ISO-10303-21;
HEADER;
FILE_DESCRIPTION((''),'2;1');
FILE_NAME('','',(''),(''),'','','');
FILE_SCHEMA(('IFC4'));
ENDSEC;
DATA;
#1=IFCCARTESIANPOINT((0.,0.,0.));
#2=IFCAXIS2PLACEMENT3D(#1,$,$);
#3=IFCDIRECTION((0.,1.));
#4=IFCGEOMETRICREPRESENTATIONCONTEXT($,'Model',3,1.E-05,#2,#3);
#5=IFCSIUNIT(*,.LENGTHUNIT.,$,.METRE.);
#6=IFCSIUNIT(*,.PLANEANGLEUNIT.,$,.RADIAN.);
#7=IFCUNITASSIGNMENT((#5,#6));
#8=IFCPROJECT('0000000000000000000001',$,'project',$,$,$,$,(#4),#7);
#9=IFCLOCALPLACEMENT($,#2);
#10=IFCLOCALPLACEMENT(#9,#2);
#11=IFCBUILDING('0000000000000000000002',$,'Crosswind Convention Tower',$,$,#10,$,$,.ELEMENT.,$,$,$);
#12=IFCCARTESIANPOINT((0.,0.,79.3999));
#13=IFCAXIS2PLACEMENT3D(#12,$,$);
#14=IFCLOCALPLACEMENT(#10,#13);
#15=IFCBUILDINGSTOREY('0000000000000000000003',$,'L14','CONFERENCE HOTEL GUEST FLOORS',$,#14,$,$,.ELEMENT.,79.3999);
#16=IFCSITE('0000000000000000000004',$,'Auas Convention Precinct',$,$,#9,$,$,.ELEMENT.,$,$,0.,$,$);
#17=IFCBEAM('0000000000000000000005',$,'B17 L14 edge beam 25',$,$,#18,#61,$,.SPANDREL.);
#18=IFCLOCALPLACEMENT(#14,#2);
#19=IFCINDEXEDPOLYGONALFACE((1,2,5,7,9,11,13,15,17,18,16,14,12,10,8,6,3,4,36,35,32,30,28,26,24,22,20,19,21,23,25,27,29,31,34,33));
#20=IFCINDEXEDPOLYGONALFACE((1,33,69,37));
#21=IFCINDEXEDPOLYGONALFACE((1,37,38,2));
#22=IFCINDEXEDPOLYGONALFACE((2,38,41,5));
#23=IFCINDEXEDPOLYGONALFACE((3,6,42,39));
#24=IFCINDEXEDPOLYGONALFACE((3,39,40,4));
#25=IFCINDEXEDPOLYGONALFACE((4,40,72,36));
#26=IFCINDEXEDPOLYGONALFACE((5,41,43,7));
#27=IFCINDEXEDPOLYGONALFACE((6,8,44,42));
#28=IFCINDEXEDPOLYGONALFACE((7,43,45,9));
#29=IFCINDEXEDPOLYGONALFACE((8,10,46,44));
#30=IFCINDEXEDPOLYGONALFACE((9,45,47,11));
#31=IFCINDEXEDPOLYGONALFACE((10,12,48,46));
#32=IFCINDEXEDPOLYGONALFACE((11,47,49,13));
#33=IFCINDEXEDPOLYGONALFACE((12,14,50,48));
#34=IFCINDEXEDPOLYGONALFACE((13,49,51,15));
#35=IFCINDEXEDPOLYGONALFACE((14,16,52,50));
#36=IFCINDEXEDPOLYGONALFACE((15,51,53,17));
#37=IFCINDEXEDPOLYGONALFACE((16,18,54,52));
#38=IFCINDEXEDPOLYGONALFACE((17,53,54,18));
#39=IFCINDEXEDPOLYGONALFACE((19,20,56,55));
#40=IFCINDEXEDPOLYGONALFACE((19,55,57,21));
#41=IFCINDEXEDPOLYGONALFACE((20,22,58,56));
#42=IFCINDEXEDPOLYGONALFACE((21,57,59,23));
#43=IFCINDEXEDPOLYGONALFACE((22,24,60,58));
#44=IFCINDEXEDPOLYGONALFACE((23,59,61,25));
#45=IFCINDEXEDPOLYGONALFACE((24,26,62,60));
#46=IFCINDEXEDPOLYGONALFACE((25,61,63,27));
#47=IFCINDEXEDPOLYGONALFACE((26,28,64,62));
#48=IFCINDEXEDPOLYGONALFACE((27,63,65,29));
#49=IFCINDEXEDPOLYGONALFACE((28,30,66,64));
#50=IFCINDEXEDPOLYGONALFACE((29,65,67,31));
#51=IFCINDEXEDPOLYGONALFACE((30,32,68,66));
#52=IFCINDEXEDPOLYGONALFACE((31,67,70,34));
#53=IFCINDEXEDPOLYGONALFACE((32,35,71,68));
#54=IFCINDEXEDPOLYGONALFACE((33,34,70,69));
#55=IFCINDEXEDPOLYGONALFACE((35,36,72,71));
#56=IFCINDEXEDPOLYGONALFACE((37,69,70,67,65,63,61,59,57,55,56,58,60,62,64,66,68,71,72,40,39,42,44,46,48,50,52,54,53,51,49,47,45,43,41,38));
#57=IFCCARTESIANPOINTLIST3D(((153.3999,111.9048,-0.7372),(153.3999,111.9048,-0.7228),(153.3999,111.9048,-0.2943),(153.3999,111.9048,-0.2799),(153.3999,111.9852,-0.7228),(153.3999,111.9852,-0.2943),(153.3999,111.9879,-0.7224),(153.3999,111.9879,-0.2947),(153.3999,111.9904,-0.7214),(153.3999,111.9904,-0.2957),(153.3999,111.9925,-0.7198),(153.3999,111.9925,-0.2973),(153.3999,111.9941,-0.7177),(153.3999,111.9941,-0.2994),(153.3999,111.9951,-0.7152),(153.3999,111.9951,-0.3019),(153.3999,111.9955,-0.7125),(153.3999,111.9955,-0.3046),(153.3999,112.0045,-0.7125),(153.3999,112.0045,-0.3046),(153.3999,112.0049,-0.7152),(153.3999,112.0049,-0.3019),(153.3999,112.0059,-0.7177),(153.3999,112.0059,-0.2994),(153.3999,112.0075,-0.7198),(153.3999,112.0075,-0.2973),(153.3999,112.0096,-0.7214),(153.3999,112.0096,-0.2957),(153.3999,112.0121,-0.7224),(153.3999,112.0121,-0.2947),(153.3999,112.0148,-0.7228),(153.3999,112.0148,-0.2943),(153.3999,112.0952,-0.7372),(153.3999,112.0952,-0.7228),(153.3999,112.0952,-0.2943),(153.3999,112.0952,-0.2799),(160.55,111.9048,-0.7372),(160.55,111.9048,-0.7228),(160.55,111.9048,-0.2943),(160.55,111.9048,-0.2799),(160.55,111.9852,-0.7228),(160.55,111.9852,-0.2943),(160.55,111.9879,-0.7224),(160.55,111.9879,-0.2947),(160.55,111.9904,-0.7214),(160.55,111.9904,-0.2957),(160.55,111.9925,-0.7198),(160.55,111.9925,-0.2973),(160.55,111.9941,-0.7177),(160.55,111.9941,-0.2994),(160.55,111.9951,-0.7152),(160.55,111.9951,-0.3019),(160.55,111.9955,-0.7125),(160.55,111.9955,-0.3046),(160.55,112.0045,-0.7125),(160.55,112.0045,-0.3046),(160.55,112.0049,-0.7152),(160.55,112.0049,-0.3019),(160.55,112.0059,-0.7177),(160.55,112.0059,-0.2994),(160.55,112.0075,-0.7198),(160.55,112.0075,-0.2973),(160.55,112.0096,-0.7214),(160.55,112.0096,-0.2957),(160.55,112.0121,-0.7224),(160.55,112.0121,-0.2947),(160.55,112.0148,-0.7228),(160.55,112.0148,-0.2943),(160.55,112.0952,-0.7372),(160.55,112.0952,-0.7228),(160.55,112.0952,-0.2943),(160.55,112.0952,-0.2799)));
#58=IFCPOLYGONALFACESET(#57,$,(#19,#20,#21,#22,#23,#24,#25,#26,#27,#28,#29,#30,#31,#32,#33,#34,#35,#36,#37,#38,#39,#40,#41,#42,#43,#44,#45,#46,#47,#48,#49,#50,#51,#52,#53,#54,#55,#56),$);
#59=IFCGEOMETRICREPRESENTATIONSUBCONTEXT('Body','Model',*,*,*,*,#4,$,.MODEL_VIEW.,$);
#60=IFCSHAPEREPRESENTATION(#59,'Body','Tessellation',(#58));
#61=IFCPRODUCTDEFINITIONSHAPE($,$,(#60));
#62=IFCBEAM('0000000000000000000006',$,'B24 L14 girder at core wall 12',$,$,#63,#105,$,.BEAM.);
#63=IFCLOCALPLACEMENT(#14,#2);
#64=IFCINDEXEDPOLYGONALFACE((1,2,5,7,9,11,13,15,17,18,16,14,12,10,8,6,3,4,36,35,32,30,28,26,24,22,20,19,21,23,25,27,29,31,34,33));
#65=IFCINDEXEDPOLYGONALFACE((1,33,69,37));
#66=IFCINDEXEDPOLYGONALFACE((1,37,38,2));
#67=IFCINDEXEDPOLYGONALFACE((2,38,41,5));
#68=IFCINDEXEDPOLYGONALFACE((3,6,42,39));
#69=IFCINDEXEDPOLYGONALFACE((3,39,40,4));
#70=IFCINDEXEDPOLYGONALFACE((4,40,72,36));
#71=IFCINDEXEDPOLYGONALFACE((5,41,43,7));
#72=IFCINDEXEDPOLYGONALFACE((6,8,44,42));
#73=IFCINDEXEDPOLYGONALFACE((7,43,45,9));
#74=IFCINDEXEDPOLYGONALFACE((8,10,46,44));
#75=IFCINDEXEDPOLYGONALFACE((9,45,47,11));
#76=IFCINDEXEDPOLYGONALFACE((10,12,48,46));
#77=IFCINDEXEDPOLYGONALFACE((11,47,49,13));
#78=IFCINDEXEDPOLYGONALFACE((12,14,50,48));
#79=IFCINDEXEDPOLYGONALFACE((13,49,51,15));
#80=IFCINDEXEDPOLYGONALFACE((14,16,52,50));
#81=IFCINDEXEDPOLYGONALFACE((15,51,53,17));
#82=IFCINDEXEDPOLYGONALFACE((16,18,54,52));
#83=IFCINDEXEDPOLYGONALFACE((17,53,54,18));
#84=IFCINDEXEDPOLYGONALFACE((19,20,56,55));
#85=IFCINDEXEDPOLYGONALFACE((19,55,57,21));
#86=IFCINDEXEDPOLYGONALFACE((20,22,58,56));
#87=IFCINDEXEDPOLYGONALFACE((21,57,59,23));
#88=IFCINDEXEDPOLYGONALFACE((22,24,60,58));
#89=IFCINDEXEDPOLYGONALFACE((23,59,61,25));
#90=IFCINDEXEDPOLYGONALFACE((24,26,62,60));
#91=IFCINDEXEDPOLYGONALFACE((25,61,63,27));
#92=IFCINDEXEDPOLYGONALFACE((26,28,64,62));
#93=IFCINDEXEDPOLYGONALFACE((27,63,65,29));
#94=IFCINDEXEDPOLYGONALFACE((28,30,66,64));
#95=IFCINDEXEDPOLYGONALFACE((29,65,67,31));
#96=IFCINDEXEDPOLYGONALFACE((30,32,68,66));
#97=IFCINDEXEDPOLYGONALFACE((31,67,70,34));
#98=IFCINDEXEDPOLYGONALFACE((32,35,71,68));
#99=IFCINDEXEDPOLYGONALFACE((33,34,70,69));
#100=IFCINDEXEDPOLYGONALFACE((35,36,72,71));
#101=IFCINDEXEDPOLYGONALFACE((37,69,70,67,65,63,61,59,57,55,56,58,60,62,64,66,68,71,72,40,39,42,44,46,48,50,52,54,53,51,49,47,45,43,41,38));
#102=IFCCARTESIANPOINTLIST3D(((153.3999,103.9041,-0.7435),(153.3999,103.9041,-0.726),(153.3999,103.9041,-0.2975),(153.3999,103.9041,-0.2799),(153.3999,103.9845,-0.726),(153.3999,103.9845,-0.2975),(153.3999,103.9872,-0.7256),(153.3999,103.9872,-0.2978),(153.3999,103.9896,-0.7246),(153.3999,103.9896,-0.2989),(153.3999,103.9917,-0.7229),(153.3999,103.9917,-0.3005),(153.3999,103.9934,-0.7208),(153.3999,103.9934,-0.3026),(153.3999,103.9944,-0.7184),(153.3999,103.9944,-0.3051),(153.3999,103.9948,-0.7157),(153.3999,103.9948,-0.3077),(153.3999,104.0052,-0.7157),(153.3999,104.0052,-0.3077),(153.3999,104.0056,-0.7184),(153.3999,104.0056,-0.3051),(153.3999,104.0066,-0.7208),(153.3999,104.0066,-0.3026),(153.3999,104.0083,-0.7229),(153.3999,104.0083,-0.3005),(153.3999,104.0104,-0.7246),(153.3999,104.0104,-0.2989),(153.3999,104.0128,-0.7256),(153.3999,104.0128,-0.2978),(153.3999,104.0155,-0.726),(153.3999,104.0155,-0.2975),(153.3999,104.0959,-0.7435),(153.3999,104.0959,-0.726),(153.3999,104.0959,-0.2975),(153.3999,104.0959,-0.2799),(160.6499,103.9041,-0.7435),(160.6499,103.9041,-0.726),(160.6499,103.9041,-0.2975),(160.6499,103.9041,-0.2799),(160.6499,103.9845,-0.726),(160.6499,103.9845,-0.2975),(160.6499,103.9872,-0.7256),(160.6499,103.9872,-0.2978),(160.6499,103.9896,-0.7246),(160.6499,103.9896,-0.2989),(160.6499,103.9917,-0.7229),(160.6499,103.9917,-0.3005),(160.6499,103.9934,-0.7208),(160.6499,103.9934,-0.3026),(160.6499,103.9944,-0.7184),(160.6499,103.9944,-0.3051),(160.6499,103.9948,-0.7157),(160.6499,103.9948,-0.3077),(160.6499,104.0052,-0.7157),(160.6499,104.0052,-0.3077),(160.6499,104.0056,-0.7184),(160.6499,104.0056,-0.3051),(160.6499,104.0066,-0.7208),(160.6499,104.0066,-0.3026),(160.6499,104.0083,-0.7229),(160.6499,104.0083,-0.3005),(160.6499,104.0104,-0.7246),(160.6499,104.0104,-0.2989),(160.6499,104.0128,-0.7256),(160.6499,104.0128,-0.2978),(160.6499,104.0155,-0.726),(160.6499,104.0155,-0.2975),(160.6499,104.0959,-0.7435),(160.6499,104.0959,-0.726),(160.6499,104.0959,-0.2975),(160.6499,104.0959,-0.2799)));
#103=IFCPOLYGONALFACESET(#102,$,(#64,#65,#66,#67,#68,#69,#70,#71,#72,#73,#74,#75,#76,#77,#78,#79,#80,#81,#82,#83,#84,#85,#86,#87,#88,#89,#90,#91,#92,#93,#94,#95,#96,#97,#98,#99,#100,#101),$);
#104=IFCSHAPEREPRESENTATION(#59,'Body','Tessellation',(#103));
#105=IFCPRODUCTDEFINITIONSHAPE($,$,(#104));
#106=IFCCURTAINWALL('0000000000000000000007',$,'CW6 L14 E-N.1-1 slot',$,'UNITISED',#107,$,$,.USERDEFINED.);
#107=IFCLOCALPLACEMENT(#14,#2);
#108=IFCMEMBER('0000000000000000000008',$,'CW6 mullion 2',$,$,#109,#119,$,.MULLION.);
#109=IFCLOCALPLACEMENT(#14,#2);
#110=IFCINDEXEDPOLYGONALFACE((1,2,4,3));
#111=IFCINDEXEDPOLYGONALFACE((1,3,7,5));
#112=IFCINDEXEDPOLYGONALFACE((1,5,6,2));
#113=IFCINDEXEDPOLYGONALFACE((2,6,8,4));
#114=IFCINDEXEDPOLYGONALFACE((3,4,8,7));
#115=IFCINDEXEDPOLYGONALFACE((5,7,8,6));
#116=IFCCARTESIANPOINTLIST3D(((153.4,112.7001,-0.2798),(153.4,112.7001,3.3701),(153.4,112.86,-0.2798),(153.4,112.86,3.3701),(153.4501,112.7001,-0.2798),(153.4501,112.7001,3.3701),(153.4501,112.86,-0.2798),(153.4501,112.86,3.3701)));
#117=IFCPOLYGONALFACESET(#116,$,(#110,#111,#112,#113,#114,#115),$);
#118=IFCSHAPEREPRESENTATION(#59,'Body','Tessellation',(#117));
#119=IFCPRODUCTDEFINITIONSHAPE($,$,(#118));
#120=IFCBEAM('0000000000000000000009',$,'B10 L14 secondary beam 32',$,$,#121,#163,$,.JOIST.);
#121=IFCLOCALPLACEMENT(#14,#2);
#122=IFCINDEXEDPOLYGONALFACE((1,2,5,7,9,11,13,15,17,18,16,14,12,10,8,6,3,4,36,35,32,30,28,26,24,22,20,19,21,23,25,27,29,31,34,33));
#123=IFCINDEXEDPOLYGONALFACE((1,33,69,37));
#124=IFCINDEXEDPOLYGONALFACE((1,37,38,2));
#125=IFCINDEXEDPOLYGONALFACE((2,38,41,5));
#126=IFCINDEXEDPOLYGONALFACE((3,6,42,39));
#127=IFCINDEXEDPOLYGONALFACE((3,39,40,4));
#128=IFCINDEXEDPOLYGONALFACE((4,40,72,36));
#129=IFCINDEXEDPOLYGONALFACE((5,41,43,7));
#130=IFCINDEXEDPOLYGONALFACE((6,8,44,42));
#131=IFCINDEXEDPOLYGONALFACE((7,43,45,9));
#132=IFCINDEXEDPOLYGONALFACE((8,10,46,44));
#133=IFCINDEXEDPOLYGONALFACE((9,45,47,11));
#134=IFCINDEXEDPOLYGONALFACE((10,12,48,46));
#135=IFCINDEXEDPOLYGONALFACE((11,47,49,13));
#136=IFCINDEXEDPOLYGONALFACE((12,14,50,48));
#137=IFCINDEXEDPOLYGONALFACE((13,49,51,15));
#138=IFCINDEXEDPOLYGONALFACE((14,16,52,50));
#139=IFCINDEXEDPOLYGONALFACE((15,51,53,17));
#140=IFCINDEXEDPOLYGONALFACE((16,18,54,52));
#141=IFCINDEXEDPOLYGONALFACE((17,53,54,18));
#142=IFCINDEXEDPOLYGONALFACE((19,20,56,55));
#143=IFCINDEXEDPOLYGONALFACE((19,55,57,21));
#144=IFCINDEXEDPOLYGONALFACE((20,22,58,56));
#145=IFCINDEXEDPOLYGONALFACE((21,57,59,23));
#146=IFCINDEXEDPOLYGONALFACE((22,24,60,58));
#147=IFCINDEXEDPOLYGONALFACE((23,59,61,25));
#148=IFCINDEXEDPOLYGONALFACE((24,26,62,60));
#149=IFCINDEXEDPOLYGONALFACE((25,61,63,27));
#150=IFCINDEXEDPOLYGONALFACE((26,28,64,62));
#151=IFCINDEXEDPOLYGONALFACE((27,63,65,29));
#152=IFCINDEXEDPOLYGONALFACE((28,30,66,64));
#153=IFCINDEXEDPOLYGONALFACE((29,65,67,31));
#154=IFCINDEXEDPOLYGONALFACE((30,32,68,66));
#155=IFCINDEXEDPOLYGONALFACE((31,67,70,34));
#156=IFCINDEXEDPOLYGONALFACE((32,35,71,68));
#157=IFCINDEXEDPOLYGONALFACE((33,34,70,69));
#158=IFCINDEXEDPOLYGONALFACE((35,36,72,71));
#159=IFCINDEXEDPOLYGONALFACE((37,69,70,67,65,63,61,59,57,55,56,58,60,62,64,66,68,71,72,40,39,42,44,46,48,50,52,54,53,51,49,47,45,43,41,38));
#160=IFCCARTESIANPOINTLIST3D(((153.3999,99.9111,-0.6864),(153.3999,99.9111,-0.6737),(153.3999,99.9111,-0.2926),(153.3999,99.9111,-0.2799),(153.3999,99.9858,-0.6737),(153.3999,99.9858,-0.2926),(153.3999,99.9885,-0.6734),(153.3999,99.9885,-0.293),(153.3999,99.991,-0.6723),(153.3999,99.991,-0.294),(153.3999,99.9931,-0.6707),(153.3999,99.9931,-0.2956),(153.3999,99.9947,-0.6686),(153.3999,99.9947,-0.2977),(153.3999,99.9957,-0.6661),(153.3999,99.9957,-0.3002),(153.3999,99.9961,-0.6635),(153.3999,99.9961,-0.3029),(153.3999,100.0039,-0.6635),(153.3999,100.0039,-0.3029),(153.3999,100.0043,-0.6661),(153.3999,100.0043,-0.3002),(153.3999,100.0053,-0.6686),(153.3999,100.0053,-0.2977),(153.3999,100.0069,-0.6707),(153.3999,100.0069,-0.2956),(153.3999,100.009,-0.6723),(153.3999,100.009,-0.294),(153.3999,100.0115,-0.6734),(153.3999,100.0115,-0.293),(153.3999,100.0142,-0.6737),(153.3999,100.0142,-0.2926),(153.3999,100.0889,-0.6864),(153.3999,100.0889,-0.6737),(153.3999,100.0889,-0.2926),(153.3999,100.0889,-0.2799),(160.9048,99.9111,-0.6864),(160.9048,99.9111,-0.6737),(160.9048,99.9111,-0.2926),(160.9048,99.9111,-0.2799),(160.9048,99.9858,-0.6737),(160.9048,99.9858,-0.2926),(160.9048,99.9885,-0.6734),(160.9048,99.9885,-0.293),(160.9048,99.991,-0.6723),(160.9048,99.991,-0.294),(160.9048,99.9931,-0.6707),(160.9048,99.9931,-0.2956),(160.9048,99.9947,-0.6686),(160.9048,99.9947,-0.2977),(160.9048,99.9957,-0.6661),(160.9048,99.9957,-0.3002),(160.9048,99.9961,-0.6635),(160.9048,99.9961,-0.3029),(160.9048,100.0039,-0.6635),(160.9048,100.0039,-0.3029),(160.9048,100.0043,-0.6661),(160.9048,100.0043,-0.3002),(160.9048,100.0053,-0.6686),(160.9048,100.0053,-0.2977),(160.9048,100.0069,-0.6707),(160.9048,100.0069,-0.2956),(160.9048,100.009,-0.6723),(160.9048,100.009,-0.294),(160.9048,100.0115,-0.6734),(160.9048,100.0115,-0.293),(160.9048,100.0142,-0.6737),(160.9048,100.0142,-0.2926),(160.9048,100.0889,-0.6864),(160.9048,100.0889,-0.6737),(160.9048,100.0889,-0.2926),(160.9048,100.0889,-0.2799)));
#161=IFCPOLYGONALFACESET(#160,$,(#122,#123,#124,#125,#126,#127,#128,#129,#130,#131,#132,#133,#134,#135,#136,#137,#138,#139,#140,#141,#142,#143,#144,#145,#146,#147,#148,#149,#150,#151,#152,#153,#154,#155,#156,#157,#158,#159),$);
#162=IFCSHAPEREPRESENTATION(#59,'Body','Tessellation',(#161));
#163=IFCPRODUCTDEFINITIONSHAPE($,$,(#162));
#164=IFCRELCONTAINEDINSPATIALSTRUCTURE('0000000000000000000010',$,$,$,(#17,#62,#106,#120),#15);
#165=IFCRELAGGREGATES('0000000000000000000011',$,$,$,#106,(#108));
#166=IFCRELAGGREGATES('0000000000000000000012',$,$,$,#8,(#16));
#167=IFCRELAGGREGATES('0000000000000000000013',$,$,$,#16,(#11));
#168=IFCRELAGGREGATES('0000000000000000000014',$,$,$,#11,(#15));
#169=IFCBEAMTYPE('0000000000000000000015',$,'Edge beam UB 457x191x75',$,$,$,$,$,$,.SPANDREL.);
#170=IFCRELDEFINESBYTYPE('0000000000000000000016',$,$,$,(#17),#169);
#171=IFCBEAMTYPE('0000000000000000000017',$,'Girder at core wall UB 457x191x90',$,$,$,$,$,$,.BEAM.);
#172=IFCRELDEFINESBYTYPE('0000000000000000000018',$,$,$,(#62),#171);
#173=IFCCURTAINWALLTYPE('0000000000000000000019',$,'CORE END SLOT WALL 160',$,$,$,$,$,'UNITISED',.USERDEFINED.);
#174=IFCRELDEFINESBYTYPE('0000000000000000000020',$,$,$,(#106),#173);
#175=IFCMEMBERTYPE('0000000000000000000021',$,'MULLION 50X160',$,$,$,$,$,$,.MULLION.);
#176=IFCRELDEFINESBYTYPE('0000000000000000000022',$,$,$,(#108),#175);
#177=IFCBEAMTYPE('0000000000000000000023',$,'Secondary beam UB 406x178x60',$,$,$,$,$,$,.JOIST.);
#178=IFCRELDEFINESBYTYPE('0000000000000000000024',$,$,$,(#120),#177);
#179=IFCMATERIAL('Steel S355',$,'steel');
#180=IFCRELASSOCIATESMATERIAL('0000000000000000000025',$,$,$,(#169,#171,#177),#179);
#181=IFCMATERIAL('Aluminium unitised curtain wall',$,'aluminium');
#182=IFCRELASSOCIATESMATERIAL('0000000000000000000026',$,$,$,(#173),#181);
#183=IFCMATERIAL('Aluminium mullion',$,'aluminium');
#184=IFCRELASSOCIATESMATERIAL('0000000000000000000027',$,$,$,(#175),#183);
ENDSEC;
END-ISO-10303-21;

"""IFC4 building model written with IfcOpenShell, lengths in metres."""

from ifc_helpers import new_model, si_unit, direction, frame, origin, origin_2d, place, context, subcontext, project, spatial, rectangle, i_section, extrude, material, material_profile, profile_set, type_object, element, aggregate, save


model = new_model("IFC4")

# Units and contexts
model_context = context("Model", 3, precision=1e-05, world=origin(), true_north=direction((0.0, 1.0)))
body_context = subcontext(model_context, "Body", "Model", "MODEL_VIEW")
ifc_project = project(units=[si_unit("LENGTHUNIT", "METRE"), si_unit("PLANEANGLEUNIT", "RADIAN")], contexts=[model_context])

# Site, building, storey
site_placement = place(None, origin())
site = spatial("IfcSite", under=ifc_project, at=site_placement, Name="Auas Convention Precinct", CompositionType="ELEMENT", RefElevation=0.0)
building_placement = place(site_placement, origin())
building = spatial("IfcBuilding", under=site, at=building_placement, Name="Crosswind Convention Tower", CompositionType="ELEMENT")
storey_placement = place(building_placement, frame((0.0, 0.0, 79.3999)))
storey = spatial("IfcBuildingStorey", under=building, at=storey_placement, Name="L14", Description="CONFERENCE HOTEL GUEST FLOORS", CompositionType="ELEMENT", Elevation=79.3999)

# Beams
ifc_material_1 = material(Name="Steel S355", Category="steel")
ifc_material_profile_1 = material_profile(ifc_material_1, i_section(OverallWidth=0.1904, OverallDepth=0.4573, WebThickness=0.009, FlangeThickness=0.0144, FilletRadius=0.0103, at=origin_2d()), Name="UB 457x191x75")
ifc_profile_set_1 = profile_set([ifc_material_profile_1], Name="Steel S355")
beam_type_1 = type_object("IfcBeamType", Name="Edge beam UB 457x191x75", PredefinedType="SPANDREL", material=ifc_profile_set_1)
beam_1_placement = place(storey_placement, frame((153.3999, 112.0, -0.5085), z_axis=(1.0, 0.0, 0.0), x_axis=(0.0, 1.0, 0.0)))
element("IfcBeam", 1, at=beam_1_placement, inside=storey, type_object=beam_type_1, Name="B17 L14 edge beam 25", PredefinedType="SPANDREL", context=body_context, shape_type="SweptSolid", body=[
    extrude(i_section(OverallWidth=0.1904, OverallDepth=0.4573, WebThickness=0.009, FlangeThickness=0.0144, FilletRadius=0.0103, at=origin_2d()), origin(), (0.0, 0.0, 1.0), 7.1501),
])
ifc_material_profile_2 = material_profile(ifc_material_1, i_section(OverallWidth=0.1919, OverallDepth=0.4636, WebThickness=0.0105, FlangeThickness=0.0176, FilletRadius=0.0103, at=origin_2d()), Name="UB 457x191x90")
ifc_profile_set_2 = profile_set([ifc_material_profile_2], Name="Steel S355")
beam_type_2 = type_object("IfcBeamType", Name="Girder at core wall UB 457x191x90", PredefinedType="BEAM", material=ifc_profile_set_2)
beam_2_placement = place(storey_placement, frame((153.3999, 104.0, -0.5117), z_axis=(1.0, 0.0, 0.0), x_axis=(0.0, 1.0, 0.0)))
element("IfcBeam", 2, at=beam_2_placement, inside=storey, type_object=beam_type_2, Name="B24 L14 girder at core wall 12", PredefinedType="BEAM", context=body_context, shape_type="SweptSolid", body=[
    extrude(i_section(OverallWidth=0.1919, OverallDepth=0.4636, WebThickness=0.0105, FlangeThickness=0.0176, FilletRadius=0.0103, at=origin_2d()), origin(), (0.0, 0.0, 1.0), 7.25),
])

# Curtain wall, member
ifc_material_2 = material(Name="Aluminium unitised curtain wall", Category="aluminium")
curtain_wall_type = type_object("IfcCurtainWallType", Name="CORE END SLOT WALL 160", ElementType="UNITISED", PredefinedType="USERDEFINED", material=ifc_material_2)
curtain_wall_placement = place(storey_placement, origin())
curtain_wall = element("IfcCurtainWall", 3, at=curtain_wall_placement, inside=storey, type_object=curtain_wall_type, Name="CW6 L14 E-N.1-1 slot", ObjectType="UNITISED", PredefinedType="USERDEFINED")
ifc_material_3 = material(Name="Aluminium mullion", Category="aluminium")
ifc_material_profile_3 = material_profile(ifc_material_3, rectangle(XDim=0.1599, YDim=0.05, at=origin_2d()), Name="AL 160X50")
ifc_profile_set_3 = profile_set([ifc_material_profile_3], Name="Aluminium mullion")
member_type = type_object("IfcMemberType", Name="MULLION 50X160", PredefinedType="MULLION", material=ifc_profile_set_3)
member_placement = place(storey_placement, frame((153.425, 112.78, -0.2798), z_axis=(0.0, 0.0, 1.0), x_axis=(0.0, 1.0, 0.0)))
member = element("IfcMember", 4, at=member_placement, type_object=member_type, Name="CW6 mullion 2", PredefinedType="MULLION", context=body_context, shape_type="SweptSolid", body=[
    extrude(rectangle(XDim=0.1599, YDim=0.05, at=origin_2d()), origin(), (0.0, 0.0, 1.0), 3.6499),
])
aggregate(curtain_wall, [member])

# Beam
ifc_material_profile_4 = material_profile(ifc_material_1, i_section(OverallWidth=0.1777, OverallDepth=0.4065, WebThickness=0.0078, FlangeThickness=0.0127, FilletRadius=0.0103, at=origin_2d()), Name="UB 406x178x60")
ifc_profile_set_4 = profile_set([ifc_material_profile_4], Name="Steel S355")
beam_type_3 = type_object("IfcBeamType", Name="Secondary beam UB 406x178x60", PredefinedType="JOIST", material=ifc_profile_set_4)
for number, where, z_axis, x_axis, name in (
    (5, (153.3999, 100.0, -0.4832), (1.0, 0.0, 0.0), (0.0, 1.0, 0.0), "B10 L14 secondary beam 32"),
):
    element("IfcBeam", number, at=place(storey_placement, frame(where, z_axis=z_axis, x_axis=x_axis)), inside=storey, type_object=beam_type_3, Name=name, PredefinedType="JOIST", context=body_context, shape_type="SweptSolid", body=[
        extrude(i_section(OverallWidth=0.1777, OverallDepth=0.4065, WebThickness=0.0078, FlangeThickness=0.0127, FilletRadius=0.0103, at=origin_2d()), origin(), (0.0, 0.0, 1.0), 7.5049),
    ])

save(model, "model.ifc")
